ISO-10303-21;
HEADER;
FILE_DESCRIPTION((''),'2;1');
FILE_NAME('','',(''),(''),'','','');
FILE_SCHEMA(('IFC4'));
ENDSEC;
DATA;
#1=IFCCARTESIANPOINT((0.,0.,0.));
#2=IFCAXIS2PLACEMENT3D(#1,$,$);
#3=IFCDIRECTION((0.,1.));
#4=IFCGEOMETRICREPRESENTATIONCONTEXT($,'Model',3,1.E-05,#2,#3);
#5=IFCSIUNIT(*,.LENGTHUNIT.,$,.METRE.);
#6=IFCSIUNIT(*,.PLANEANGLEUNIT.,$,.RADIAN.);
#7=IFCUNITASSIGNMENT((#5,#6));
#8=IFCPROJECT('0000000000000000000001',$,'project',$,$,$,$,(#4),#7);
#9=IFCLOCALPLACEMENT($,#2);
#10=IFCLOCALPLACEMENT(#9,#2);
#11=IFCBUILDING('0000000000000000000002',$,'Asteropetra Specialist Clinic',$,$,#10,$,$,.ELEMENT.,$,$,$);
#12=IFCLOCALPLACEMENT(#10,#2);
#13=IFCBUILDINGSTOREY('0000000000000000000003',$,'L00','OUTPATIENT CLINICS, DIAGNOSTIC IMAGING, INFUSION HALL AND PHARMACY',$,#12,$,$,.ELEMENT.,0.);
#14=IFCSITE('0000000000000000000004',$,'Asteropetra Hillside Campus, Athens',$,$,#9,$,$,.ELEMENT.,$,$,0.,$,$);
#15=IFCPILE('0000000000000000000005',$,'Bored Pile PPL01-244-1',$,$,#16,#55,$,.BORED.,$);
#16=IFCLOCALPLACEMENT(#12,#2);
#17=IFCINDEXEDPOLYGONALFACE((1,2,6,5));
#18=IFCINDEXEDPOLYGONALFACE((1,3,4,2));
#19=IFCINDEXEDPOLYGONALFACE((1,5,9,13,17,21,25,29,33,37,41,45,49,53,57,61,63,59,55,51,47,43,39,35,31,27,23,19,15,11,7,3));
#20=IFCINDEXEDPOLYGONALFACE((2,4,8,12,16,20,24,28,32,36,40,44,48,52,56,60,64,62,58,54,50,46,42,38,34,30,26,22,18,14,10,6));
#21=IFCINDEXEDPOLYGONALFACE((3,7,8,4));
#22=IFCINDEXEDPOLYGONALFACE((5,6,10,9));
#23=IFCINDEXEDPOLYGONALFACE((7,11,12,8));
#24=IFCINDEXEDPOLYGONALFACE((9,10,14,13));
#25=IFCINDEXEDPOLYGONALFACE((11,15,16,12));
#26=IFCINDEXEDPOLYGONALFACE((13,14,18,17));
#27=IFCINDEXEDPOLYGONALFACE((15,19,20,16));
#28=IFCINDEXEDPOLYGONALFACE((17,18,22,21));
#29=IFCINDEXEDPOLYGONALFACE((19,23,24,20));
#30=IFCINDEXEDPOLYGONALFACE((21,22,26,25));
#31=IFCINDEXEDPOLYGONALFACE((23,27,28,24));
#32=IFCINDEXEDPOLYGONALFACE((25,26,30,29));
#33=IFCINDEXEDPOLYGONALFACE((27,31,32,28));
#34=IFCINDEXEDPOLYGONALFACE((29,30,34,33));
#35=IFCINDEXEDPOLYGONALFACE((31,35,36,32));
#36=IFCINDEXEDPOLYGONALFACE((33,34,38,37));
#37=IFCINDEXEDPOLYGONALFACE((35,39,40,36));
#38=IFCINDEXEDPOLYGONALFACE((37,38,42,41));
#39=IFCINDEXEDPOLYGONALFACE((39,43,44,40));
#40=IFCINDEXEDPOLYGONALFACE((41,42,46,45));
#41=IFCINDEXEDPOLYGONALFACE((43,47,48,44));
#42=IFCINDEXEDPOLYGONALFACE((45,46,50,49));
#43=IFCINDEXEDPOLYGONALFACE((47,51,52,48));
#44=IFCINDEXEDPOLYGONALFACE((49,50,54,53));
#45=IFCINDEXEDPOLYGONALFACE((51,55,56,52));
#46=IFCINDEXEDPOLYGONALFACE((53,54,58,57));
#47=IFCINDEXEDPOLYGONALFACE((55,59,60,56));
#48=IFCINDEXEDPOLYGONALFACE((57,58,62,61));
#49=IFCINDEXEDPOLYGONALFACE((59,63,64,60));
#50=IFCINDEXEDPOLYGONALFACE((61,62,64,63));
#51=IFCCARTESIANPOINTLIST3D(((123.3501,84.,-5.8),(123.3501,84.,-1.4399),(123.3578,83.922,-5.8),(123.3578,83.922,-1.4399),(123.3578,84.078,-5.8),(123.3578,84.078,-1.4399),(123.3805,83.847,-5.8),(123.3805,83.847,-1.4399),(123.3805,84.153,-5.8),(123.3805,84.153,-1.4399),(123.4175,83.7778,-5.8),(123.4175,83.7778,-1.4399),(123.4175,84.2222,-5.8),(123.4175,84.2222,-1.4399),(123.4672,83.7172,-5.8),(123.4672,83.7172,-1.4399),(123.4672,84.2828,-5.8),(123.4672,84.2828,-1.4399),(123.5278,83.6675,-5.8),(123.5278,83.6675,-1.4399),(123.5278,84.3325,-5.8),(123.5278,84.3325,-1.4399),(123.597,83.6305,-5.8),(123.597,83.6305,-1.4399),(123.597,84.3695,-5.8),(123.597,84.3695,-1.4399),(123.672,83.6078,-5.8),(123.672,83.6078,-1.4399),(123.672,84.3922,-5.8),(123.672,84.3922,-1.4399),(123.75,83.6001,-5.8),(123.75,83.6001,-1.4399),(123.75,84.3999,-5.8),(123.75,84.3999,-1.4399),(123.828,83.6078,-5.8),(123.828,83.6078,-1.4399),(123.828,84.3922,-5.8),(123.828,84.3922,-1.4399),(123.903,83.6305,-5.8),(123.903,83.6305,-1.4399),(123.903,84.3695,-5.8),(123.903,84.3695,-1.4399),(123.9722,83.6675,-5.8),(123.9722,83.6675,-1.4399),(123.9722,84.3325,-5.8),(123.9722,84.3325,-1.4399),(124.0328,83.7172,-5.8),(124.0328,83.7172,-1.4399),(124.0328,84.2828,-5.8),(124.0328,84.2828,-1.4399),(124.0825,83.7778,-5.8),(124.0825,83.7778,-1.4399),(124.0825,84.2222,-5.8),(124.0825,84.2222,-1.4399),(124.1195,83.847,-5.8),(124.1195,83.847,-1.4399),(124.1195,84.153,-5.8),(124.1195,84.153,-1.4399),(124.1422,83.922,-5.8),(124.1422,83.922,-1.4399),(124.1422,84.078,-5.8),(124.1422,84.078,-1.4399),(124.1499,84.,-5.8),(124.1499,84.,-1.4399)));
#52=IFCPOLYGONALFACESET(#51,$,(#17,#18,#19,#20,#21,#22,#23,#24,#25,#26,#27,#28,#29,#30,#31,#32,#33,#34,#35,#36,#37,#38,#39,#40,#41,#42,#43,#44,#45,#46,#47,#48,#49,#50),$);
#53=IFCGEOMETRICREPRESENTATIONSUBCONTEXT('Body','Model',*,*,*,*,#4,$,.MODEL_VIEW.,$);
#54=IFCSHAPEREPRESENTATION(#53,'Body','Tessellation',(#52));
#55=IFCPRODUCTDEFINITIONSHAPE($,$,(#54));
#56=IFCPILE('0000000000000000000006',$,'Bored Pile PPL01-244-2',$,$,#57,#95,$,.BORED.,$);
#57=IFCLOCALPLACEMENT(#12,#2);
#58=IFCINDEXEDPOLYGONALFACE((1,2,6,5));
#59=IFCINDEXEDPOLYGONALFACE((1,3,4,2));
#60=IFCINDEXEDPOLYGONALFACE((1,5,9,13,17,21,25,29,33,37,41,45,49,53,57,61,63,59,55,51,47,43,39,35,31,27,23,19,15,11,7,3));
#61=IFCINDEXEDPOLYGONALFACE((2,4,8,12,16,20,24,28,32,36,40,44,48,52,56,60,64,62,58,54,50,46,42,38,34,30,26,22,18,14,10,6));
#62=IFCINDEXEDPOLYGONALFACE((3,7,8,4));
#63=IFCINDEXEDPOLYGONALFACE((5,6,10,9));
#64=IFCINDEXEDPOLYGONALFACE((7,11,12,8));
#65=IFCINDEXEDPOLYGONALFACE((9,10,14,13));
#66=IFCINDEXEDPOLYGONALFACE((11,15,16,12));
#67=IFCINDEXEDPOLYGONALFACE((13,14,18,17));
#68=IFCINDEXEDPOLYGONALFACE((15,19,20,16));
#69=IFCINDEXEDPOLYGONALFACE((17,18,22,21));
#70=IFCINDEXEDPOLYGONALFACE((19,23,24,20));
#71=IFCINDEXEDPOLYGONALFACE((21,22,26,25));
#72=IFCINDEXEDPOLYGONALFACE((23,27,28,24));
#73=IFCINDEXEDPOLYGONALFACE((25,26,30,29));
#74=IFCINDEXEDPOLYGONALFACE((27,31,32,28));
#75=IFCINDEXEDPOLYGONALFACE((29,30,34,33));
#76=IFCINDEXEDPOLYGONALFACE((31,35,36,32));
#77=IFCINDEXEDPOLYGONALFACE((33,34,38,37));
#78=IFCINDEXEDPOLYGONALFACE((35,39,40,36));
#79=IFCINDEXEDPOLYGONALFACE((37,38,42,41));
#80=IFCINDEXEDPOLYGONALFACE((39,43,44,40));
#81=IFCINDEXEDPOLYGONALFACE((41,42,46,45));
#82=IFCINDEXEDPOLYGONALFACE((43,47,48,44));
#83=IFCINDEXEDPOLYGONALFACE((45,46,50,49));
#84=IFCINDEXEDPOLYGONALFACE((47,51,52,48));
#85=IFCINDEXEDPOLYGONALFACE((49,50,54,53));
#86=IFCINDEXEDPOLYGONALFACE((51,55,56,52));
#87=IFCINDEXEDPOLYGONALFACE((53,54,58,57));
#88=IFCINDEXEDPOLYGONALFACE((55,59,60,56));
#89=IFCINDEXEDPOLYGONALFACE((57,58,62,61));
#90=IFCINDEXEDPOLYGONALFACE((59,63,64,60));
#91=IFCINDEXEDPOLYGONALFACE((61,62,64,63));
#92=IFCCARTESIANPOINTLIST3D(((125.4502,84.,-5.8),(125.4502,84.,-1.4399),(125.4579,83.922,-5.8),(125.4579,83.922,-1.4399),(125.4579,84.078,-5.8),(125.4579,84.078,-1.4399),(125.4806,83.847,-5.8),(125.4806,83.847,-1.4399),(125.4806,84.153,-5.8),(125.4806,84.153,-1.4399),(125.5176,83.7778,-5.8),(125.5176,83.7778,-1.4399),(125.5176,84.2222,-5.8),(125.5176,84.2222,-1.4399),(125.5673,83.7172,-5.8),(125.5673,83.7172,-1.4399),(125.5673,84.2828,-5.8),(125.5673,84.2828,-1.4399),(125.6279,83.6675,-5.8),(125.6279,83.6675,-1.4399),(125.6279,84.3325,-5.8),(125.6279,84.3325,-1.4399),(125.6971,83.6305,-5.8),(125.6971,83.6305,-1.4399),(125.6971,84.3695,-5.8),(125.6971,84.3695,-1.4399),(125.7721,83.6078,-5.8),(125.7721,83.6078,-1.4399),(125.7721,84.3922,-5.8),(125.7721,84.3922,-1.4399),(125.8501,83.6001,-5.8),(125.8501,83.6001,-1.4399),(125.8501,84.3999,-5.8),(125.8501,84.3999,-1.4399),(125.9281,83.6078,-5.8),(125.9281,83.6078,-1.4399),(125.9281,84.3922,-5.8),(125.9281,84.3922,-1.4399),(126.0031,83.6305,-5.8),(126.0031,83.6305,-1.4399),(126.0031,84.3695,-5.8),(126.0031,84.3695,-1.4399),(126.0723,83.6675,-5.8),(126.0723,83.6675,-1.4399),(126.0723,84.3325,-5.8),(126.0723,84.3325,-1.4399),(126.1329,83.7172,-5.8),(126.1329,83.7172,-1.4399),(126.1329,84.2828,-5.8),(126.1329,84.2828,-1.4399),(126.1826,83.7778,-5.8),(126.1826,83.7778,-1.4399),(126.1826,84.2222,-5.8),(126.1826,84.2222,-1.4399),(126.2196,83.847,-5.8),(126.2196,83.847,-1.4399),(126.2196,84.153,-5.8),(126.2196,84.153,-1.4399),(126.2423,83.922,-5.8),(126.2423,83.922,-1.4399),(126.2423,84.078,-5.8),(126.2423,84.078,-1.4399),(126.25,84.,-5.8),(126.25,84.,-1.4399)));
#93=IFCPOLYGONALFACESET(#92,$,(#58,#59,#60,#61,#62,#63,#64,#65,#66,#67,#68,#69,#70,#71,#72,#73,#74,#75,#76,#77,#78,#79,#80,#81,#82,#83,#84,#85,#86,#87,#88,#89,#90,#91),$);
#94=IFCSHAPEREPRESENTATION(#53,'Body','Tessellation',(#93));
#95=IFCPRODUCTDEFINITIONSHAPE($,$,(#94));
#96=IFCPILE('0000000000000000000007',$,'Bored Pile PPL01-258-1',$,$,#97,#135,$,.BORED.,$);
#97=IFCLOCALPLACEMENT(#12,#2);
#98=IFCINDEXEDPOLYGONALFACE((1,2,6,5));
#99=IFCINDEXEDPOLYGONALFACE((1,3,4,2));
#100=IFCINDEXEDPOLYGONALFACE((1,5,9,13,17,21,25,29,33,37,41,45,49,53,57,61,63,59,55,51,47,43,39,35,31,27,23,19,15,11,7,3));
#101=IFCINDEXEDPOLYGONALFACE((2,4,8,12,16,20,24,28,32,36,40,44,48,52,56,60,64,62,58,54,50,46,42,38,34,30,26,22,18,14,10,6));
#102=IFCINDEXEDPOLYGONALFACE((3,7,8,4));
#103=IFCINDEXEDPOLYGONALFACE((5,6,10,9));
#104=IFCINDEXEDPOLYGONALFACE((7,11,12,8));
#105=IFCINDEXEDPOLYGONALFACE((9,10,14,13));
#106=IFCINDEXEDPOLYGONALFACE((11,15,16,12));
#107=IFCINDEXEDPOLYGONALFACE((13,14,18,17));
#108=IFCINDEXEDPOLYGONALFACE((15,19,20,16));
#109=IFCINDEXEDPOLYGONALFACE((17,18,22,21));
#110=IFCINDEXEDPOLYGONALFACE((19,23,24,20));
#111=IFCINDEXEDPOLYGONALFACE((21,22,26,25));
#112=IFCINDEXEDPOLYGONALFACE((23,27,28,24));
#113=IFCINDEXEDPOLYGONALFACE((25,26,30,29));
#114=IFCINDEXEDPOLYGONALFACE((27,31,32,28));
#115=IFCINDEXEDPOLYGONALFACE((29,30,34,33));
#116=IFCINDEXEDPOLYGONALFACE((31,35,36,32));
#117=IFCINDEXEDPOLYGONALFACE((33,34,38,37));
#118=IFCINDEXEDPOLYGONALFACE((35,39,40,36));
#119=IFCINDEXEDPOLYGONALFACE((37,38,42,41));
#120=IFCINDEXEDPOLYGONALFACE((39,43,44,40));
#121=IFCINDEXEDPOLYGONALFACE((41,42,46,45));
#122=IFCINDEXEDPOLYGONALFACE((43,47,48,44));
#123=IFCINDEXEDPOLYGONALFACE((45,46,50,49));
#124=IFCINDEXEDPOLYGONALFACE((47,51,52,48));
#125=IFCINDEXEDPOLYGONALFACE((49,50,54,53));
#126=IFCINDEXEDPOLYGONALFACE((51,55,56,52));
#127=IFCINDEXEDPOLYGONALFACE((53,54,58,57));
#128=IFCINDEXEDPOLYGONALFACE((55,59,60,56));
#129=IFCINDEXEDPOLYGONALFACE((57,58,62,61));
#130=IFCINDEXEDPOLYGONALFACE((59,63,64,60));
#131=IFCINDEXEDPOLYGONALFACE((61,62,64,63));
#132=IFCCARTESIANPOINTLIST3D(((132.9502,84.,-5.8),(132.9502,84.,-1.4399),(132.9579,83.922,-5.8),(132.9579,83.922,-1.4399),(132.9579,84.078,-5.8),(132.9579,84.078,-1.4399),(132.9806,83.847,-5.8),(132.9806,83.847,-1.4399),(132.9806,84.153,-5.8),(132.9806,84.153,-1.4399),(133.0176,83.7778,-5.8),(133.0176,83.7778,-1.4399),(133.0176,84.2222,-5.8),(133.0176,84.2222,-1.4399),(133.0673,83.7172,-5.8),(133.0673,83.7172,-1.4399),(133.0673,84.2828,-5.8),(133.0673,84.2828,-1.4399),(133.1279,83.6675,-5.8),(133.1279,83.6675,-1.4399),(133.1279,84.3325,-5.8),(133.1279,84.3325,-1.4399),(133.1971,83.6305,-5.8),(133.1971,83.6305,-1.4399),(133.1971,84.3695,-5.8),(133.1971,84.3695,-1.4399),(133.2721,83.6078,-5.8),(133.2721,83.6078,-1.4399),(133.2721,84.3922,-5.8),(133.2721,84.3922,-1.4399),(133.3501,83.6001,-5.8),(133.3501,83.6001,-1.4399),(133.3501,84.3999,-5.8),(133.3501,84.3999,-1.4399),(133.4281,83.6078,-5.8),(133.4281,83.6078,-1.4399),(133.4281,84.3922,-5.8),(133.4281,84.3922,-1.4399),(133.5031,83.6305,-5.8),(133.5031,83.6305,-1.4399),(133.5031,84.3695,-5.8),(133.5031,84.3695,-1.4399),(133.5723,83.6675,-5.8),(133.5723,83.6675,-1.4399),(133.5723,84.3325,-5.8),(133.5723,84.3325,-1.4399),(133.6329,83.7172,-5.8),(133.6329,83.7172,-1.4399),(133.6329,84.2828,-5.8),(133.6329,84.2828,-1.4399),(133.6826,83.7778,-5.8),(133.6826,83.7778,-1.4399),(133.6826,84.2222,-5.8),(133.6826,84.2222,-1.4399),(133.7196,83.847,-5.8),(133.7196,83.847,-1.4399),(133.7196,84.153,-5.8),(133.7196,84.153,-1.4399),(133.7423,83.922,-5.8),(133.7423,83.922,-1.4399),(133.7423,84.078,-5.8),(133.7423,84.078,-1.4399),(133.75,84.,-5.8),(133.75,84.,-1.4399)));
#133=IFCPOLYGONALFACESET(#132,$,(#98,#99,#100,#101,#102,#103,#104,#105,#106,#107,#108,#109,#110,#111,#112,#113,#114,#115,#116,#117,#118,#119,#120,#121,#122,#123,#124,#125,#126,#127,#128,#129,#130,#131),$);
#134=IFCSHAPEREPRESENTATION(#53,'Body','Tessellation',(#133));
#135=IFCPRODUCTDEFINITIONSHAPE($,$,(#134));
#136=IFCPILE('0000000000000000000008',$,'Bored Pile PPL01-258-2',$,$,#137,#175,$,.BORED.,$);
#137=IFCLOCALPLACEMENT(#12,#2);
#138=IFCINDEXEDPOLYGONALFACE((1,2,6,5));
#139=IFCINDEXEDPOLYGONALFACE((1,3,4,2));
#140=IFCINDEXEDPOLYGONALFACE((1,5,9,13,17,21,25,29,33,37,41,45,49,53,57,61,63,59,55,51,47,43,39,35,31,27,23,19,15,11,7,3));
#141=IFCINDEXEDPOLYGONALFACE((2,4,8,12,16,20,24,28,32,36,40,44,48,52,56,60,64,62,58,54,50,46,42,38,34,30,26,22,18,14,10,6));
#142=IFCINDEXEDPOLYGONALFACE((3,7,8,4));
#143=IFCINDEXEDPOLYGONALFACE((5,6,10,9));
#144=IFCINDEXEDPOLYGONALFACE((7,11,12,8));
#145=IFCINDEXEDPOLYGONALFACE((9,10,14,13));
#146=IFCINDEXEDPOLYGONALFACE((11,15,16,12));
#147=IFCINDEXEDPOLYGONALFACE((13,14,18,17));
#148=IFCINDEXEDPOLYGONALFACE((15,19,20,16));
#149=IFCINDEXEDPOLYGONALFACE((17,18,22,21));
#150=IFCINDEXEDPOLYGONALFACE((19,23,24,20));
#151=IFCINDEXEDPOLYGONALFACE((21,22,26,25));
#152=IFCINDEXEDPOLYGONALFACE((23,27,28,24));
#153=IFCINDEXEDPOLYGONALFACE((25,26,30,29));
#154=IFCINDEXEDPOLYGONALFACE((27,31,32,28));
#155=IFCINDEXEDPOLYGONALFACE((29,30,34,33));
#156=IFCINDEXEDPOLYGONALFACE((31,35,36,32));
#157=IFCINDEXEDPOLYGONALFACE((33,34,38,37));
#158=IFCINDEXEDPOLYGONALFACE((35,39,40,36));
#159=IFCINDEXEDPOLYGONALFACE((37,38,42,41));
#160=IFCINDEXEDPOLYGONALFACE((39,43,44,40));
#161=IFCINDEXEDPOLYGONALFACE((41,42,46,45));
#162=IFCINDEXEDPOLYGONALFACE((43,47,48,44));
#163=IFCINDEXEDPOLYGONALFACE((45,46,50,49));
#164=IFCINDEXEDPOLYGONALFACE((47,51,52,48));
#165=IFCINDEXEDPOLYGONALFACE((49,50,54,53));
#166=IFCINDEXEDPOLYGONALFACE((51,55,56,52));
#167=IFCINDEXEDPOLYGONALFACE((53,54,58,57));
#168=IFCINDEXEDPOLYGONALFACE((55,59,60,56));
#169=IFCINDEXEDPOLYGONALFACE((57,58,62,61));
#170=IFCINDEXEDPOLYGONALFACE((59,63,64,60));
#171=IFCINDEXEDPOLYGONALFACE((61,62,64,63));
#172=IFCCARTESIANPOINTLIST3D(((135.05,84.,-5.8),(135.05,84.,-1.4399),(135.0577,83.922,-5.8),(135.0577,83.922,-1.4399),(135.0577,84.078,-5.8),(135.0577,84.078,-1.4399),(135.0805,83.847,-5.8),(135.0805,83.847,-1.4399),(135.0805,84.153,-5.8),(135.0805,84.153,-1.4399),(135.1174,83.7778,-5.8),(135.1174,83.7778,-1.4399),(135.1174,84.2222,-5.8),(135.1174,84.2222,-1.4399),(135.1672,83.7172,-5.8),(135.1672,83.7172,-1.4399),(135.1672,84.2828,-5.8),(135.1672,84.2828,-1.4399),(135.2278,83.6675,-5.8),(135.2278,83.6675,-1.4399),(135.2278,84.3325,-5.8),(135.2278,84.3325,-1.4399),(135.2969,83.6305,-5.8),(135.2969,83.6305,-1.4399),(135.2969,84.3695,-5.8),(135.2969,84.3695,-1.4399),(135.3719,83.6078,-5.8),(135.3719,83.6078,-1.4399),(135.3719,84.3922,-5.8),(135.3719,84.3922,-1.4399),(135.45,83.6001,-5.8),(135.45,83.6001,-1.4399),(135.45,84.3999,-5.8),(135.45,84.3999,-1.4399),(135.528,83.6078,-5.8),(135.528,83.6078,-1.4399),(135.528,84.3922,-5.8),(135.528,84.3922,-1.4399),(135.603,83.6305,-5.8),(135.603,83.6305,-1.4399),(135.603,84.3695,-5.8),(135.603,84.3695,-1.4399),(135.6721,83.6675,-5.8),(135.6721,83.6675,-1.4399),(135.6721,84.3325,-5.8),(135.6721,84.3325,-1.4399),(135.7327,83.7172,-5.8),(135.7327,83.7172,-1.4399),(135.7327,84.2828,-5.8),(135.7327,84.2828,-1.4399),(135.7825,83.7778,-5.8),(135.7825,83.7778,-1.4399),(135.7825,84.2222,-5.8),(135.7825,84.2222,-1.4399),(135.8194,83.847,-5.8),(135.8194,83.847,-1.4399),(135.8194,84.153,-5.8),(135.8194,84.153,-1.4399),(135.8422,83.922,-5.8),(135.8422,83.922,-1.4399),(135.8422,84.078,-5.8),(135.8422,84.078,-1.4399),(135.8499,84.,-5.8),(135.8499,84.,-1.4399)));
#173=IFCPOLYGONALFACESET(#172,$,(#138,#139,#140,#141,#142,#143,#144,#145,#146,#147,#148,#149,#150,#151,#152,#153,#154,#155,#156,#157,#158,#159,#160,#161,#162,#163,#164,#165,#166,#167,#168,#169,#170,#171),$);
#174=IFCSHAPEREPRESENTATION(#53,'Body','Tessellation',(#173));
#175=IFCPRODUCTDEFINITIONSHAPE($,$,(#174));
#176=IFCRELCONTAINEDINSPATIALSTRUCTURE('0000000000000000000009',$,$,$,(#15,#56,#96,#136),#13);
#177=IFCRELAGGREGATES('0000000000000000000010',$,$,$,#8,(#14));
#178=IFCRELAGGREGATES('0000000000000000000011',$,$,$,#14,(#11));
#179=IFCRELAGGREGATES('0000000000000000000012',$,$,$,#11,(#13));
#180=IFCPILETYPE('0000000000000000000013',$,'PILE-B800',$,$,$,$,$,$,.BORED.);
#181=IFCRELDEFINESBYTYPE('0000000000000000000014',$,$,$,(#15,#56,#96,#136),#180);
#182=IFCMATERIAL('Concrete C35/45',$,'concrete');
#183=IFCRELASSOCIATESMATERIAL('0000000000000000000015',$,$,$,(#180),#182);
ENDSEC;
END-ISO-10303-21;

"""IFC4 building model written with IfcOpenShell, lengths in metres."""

from ifc_helpers import new_model, si_unit, direction, frame, origin, origin_2d, place, context, subcontext, project, spatial, circle, extrude, material, material_profile, profile_set, type_object, element, save


model = new_model("IFC4")

# Units and contexts
model_context = context("Model", 3, precision=1e-05, world=origin(), true_north=direction((0.0, 1.0)))
body_context = subcontext(model_context, "Body", "Model", "MODEL_VIEW")
ifc_project = project(units=[si_unit("LENGTHUNIT", "METRE"), si_unit("PLANEANGLEUNIT", "RADIAN")], contexts=[model_context])

# Site, building, storey
site_placement = place(None, origin())
site = spatial("IfcSite", under=ifc_project, at=site_placement, Name="Asteropetra Hillside Campus, Athens", CompositionType="ELEMENT", RefElevation=0.0)
building_placement = place(site_placement, origin())
building = spatial("IfcBuilding", under=site, at=building_placement, Name="Asteropetra Specialist Clinic", CompositionType="ELEMENT")
storey_placement = place(building_placement, origin())
storey = spatial("IfcBuildingStorey", under=building, at=storey_placement, Name="L00", Description="OUTPATIENT CLINICS, DIAGNOSTIC IMAGING, INFUSION HALL AND PHARMACY", CompositionType="ELEMENT", Elevation=0.0)

# Piles
ifc_material_1 = material(Name="Concrete C35/45", Category="concrete")
ifc_material_profile_1 = material_profile(ifc_material_1, circle(Radius=0.3999, at=origin_2d()), Name="PILE D800")
ifc_profile_set_1 = profile_set([ifc_material_profile_1], Name="Concrete C35/45")
pile_type = type_object("IfcPileType", Name="PILE-B800", PredefinedType="BORED", material=ifc_profile_set_1)
for number, where, z_axis, x_axis, name in (
    (1, (123.75, 84.0, -1.4399), (0.0, 0.0, -1.0), (1.0, 0.0, 0.0), "Bored Pile PPL01-244-1"),
    (2, (125.8501, 84.0, -1.4399), (0.0, 0.0, -1.0), (1.0, 0.0, 0.0), "Bored Pile PPL01-244-2"),
    (3, (133.3501, 84.0, -1.4399), (0.0, 0.0, -1.0), (1.0, 0.0, 0.0), "Bored Pile PPL01-258-1"),
    (4, (135.45, 84.0, -1.4399), (0.0, 0.0, -1.0), (1.0, 0.0, 0.0), "Bored Pile PPL01-258-2"),
):
    element("IfcPile", number, at=place(storey_placement, frame(where, z_axis=z_axis, x_axis=x_axis)), inside=storey, type_object=pile_type, Name=name, PredefinedType="BORED", context=body_context, shape_type="SweptSolid", body=[
        extrude(circle(Radius=0.3999, at=origin_2d()), origin(), (0.0, 0.0, 1.0), 4.3601),
    ])

save(model, "model.ifc")
